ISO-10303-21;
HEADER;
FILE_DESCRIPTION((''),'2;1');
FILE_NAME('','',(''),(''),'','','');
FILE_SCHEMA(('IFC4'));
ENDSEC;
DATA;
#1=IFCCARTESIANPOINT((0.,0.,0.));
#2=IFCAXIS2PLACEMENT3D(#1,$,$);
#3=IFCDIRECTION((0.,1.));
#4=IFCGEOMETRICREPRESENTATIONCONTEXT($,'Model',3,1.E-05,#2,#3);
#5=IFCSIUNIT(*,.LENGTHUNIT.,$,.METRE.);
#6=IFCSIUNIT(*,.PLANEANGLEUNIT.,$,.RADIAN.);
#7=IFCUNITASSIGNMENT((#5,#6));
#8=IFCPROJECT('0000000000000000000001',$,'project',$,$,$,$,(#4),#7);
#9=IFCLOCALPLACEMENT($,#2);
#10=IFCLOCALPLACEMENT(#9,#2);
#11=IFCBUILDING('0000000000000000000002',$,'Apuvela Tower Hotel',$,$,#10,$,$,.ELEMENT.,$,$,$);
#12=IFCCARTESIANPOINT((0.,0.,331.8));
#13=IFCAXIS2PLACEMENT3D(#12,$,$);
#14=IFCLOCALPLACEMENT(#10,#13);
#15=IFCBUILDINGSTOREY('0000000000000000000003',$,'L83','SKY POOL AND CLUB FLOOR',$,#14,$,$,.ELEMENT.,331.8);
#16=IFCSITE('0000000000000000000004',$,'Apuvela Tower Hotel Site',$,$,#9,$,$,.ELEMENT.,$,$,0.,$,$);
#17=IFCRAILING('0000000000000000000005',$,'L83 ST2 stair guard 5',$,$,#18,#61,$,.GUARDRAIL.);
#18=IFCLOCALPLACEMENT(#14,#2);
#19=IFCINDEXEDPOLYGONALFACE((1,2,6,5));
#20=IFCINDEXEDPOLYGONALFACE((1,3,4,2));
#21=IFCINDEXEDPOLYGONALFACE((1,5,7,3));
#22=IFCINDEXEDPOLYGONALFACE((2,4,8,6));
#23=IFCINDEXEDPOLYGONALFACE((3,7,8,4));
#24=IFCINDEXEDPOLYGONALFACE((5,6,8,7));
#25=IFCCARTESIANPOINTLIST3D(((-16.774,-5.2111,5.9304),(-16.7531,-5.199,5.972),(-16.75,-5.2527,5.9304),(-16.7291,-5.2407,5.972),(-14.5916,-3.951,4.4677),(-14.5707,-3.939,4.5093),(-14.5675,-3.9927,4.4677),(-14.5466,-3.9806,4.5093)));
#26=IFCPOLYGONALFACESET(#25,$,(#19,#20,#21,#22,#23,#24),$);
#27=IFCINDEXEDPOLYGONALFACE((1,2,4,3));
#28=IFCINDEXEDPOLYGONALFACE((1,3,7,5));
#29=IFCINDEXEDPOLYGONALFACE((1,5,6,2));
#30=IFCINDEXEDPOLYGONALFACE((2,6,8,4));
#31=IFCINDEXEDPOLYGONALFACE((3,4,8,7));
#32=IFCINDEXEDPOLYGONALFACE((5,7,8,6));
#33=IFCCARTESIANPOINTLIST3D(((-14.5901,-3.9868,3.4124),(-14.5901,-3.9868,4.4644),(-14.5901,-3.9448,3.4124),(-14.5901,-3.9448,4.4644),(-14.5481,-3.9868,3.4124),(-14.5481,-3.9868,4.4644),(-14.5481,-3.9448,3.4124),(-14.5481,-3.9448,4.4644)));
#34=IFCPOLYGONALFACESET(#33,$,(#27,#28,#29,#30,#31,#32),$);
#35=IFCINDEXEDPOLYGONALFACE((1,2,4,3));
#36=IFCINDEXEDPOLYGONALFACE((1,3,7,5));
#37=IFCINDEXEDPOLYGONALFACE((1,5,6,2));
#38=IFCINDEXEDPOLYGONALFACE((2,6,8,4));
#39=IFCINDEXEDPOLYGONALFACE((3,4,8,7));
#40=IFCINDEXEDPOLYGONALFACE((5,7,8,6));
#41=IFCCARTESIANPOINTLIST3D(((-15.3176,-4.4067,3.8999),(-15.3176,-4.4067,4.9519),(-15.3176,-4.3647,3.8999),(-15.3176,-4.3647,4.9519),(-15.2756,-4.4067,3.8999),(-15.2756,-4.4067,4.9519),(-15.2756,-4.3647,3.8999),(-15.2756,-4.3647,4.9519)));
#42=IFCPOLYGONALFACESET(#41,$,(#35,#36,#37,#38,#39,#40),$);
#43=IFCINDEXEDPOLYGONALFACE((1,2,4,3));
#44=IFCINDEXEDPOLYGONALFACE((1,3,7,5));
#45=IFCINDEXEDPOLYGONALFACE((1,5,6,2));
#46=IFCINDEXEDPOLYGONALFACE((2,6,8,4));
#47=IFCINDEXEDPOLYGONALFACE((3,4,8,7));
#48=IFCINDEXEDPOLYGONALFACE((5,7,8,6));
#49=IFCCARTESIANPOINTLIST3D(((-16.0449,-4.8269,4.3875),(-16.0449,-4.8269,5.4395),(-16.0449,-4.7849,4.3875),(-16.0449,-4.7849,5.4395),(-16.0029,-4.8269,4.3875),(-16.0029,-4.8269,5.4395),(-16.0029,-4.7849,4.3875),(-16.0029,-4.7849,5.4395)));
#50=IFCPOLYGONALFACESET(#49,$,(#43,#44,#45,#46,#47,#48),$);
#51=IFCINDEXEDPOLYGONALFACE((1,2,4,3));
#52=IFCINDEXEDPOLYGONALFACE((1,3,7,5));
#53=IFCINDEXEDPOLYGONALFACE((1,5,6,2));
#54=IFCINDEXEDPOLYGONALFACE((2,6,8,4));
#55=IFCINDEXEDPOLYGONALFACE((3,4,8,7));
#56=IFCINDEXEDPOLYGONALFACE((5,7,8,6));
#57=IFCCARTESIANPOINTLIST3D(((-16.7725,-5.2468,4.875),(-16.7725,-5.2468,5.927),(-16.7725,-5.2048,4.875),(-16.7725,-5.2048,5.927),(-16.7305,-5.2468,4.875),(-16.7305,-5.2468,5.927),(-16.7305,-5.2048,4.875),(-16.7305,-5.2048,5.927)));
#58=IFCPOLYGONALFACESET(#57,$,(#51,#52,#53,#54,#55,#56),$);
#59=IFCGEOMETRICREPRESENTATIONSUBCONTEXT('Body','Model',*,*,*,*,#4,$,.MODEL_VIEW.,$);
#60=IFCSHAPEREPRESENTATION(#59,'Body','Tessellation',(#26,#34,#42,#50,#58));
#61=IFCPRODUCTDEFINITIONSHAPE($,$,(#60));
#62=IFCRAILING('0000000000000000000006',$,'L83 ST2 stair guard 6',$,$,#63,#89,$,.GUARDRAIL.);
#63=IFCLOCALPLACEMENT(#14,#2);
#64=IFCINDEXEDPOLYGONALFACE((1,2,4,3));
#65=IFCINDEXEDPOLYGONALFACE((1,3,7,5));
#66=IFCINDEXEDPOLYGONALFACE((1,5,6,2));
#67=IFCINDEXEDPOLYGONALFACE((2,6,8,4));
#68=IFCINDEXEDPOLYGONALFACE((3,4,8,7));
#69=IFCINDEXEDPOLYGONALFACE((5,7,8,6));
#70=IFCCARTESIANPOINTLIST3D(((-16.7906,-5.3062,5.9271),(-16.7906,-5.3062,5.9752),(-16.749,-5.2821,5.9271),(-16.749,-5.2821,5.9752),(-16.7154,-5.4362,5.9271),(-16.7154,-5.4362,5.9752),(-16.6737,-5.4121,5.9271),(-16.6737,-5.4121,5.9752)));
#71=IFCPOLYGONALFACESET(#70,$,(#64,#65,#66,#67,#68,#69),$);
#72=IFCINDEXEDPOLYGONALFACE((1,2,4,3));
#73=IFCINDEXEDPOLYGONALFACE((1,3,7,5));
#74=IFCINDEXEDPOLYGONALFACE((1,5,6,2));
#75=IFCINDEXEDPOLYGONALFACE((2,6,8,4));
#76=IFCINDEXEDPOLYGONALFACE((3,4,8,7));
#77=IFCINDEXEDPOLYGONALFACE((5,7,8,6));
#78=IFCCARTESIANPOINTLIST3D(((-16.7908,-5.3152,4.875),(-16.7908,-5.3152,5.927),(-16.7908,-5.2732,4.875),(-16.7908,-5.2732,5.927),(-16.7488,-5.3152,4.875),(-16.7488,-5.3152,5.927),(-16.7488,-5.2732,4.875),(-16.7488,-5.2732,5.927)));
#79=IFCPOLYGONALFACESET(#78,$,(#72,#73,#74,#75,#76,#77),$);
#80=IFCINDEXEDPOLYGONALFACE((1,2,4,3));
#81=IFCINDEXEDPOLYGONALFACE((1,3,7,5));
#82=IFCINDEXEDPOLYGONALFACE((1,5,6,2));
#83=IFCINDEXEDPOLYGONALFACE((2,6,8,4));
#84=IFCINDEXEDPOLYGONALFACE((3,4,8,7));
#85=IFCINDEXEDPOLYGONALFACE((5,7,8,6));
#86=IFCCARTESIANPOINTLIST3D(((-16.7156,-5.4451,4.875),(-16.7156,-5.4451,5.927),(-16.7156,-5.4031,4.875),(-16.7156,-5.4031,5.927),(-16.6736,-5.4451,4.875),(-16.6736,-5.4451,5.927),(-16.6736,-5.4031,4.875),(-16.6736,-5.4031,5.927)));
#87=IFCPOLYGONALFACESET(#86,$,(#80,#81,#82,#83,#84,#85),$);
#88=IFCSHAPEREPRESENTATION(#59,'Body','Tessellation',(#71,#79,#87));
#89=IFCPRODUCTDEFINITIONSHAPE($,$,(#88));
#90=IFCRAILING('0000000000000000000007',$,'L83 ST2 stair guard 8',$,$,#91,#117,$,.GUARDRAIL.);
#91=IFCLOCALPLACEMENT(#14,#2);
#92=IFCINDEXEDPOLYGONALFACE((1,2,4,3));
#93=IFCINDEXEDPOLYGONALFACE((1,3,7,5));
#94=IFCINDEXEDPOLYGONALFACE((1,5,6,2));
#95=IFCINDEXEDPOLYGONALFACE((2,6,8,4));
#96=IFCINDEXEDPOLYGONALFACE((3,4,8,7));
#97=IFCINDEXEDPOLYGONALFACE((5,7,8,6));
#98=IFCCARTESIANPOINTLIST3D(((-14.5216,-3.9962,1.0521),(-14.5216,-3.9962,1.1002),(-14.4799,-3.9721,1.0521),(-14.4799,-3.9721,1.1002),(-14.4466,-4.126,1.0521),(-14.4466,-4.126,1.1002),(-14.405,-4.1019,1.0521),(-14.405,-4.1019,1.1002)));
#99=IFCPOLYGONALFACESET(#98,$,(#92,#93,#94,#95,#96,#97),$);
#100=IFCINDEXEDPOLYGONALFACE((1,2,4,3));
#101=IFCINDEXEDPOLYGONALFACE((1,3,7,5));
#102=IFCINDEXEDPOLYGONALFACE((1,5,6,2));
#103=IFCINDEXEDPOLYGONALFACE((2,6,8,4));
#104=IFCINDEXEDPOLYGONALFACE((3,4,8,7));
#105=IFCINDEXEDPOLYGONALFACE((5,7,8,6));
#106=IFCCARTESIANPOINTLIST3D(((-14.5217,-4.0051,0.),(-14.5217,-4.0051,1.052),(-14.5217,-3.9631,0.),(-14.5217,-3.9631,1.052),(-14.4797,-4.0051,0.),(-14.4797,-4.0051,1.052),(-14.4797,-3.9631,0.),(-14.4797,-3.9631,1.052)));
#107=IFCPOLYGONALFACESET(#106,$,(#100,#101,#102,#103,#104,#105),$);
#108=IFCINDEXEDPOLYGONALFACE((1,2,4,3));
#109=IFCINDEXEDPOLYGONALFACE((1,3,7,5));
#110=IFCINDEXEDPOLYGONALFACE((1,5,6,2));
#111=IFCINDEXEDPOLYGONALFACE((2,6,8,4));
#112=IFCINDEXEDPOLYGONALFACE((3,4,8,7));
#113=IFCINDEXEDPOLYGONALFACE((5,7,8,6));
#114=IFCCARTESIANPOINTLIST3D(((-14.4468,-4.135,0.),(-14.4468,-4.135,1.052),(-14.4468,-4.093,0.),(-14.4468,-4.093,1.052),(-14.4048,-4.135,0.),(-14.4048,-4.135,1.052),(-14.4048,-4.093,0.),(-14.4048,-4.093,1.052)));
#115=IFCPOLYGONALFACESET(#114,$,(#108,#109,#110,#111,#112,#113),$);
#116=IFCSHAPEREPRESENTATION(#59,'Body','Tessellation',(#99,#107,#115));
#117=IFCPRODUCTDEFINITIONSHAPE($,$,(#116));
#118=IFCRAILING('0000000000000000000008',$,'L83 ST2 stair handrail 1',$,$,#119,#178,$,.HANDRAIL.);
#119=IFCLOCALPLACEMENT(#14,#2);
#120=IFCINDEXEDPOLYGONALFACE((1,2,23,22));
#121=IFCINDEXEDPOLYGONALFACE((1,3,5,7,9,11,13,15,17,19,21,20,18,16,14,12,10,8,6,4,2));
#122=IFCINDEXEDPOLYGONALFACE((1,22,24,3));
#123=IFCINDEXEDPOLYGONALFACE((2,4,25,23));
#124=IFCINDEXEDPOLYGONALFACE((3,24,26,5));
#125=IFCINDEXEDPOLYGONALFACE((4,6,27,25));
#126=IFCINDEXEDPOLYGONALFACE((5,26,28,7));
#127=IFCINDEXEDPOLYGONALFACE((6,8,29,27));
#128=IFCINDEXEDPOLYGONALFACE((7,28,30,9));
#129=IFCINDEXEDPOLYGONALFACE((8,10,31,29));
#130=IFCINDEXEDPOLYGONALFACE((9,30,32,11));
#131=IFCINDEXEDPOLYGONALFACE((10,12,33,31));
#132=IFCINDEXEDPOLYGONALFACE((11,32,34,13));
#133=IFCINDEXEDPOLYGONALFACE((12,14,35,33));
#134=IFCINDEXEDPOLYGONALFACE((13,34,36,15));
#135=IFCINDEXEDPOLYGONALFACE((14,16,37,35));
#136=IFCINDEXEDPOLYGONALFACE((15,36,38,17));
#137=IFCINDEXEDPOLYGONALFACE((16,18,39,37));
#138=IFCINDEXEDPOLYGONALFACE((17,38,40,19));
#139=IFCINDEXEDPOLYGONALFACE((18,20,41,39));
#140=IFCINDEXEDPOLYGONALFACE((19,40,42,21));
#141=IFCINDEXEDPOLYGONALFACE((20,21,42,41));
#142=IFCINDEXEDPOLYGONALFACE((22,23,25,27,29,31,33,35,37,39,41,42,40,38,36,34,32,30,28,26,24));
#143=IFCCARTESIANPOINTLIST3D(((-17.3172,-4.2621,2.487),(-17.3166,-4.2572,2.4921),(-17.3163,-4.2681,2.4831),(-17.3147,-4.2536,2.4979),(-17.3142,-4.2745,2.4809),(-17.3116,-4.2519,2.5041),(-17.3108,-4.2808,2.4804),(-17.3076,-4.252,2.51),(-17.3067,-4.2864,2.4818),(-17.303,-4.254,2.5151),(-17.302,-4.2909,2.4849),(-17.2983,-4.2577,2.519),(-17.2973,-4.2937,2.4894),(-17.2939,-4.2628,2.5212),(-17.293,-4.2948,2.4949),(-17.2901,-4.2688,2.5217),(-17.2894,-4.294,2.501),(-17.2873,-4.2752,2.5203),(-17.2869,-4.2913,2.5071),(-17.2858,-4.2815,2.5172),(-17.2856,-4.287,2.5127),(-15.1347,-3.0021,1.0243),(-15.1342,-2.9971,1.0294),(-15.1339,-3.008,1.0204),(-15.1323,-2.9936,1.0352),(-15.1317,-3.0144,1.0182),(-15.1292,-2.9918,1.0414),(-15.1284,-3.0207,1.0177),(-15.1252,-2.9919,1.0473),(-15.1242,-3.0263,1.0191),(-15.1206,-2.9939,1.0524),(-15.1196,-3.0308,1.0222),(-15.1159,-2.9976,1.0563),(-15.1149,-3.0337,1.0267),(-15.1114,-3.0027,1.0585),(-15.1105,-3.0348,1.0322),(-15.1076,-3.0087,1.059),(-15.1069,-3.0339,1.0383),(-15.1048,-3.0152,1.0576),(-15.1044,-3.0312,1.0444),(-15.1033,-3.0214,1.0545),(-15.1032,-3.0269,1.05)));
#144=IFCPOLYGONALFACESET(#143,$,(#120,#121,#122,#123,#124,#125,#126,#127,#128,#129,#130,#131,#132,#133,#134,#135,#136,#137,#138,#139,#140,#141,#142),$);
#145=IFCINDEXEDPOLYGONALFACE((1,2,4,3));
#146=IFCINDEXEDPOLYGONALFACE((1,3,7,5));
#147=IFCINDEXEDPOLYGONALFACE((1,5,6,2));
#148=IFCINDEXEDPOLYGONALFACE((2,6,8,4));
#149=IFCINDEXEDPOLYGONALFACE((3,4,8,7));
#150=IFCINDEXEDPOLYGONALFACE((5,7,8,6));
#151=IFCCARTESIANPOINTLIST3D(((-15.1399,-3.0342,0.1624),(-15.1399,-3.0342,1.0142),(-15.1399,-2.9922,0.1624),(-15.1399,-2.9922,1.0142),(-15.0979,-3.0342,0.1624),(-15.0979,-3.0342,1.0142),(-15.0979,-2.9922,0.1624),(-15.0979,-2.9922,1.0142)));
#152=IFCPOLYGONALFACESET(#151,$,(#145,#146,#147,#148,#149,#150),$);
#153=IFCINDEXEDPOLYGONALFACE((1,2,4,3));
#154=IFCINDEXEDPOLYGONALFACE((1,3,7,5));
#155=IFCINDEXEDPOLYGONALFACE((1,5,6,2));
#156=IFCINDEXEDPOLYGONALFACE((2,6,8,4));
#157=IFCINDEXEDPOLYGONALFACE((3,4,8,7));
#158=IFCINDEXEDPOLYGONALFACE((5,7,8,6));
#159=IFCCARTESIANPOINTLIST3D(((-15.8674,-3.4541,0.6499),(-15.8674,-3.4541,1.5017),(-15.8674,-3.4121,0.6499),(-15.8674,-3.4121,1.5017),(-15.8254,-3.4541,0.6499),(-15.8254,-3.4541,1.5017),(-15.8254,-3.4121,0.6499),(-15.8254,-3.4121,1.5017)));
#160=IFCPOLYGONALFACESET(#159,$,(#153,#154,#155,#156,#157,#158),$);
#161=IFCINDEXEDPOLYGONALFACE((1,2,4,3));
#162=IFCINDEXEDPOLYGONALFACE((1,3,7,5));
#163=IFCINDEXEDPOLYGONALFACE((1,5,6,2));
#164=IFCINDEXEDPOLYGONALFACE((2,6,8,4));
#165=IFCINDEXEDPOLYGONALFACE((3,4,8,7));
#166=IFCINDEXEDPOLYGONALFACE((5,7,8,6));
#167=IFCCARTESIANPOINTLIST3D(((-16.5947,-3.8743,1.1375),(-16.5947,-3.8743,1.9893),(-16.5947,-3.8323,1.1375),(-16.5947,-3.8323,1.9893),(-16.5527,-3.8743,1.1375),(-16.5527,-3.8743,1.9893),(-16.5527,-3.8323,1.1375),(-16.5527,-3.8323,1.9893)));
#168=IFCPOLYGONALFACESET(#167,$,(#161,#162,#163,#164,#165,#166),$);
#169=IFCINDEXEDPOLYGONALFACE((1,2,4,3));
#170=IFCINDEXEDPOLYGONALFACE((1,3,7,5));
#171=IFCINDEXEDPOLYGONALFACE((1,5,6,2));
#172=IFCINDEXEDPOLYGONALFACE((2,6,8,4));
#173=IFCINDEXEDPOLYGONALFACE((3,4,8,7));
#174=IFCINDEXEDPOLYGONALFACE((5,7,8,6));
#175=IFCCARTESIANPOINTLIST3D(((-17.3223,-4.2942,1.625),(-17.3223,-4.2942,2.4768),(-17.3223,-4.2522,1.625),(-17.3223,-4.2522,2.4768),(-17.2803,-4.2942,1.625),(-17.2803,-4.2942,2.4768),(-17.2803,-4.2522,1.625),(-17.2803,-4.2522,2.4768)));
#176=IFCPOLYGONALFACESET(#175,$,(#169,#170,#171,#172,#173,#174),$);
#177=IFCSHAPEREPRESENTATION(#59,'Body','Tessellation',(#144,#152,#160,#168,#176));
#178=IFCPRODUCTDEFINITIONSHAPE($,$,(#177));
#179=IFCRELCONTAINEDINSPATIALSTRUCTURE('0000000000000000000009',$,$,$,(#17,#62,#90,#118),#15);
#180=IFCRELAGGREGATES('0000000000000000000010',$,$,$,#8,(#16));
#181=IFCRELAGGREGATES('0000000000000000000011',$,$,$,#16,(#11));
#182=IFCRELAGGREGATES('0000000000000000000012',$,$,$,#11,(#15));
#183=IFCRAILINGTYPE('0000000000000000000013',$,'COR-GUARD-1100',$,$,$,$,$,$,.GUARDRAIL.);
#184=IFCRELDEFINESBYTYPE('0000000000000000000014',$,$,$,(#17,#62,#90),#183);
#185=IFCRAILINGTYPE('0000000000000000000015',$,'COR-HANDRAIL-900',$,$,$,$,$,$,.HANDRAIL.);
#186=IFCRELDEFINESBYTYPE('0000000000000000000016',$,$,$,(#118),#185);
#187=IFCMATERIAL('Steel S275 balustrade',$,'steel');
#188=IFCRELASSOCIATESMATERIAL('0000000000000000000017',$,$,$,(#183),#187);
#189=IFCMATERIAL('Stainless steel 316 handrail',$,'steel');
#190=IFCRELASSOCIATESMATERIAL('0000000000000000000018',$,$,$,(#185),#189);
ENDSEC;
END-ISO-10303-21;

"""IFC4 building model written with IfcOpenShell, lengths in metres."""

from ifc_helpers import new_model, si_unit, direction, frame, origin, origin_2d, place, context, subcontext, project, spatial, rectangle, circle, extrude, material, type_object, element, save


model = new_model("IFC4")

# Units and contexts
model_context = context("Model", 3, precision=1e-05, world=origin(), true_north=direction((0.0, 1.0)))
body_context = subcontext(model_context, "Body", "Model", "MODEL_VIEW")
ifc_project = project(units=[si_unit("LENGTHUNIT", "METRE"), si_unit("PLANEANGLEUNIT", "RADIAN")], contexts=[model_context])

# Site, building, storey
site_placement = place(None, origin())
site = spatial("IfcSite", under=ifc_project, at=site_placement, Name="Apuvela Tower Hotel Site", CompositionType="ELEMENT", RefElevation=0.0)
building_placement = place(site_placement, origin())
building = spatial("IfcBuilding", under=site, at=building_placement, Name="Apuvela Tower Hotel", CompositionType="ELEMENT")
storey_placement = place(building_placement, frame((0.0, 0.0, 331.8)))
storey = spatial("IfcBuildingStorey", under=building, at=storey_placement, Name="L83", Description="SKY POOL AND CLUB FLOOR", CompositionType="ELEMENT", Elevation=331.8)

# Railings
ifc_material_1 = material(Name="Steel S275 balustrade", Category="steel")
railing_type_1 = type_object("IfcRailingType", Name="COR-GUARD-1100", PredefinedType="GUARDRAIL", material=ifc_material_1)
railing_1_placement = place(storey_placement, frame((-14.5691, -3.9658, 3.4124)))
element("IfcRailing", 1, at=railing_1_placement, inside=storey, type_object=railing_type_1, Name="L83 ST2 stair guard 5", PredefinedType="GUARDRAIL", context=body_context, shape_type="SweptSolid", body=[
    extrude(rectangle(XDim=0.0481, YDim=0.0481, at=origin_2d()), frame((0.0, 0.0, 1.0762), z_axis=(-0.749001, -0.432442, 0.501988), x_axis=(0.500005, -0.866023, 0.0)), (0.0, 0.0, 1.0), 2.9138),
    extrude(rectangle(XDim=0.042, YDim=0.042, at=origin_2d()), origin(), (0.0, 0.0, 1.0), 1.052),
    extrude(rectangle(XDim=0.042, YDim=0.042, at=origin_2d()), frame((-0.7275, -0.4199, 0.4875)), (0.0, 0.0, 1.0), 1.052),
    extrude(rectangle(XDim=0.042, YDim=0.042, at=origin_2d()), frame((-1.4548, -0.8401, 0.9751)), (0.0, 0.0, 1.0), 1.052),
    extrude(rectangle(XDim=0.042, YDim=0.042, at=origin_2d()), frame((-2.1824, -1.26, 1.4626)), (0.0, 0.0, 1.0), 1.052),
])
railing_2_placement = place(storey_placement, frame((-16.7698, -5.2942, 4.875)))
element("IfcRailing", 2, at=railing_2_placement, inside=storey, type_object=railing_type_1, Name="L83 ST2 stair guard 6", PredefinedType="GUARDRAIL", context=body_context, shape_type="SweptSolid", body=[
    extrude(rectangle(XDim=0.0481, YDim=0.0481, at=origin_2d()), frame((0.0, 0.0, 1.0762), z_axis=(0.501036, -0.865426, 0.0), x_axis=(0.865426, 0.501036, 0.0)), (0.0, 0.0, 1.0), 0.1501),
    extrude(rectangle(XDim=0.042, YDim=0.042, at=origin_2d()), origin(), (0.0, 0.0, 1.0), 1.052),
    extrude(rectangle(XDim=0.042, YDim=0.042, at=origin_2d()), frame((0.0752, -0.1299, 0.0)), (0.0, 0.0, 1.0), 1.052),
])
railing_3_placement = place(storey_placement, frame((-14.5007, -3.9841, 0.0)))
element("IfcRailing", 3, at=railing_3_placement, inside=storey, type_object=railing_type_1, Name="L83 ST2 stair guard 8", PredefinedType="GUARDRAIL", context=body_context, shape_type="SweptSolid", body=[
    extrude(rectangle(XDim=0.0481, YDim=0.0481, at=origin_2d()), frame((0.0, 0.0, 1.0762), z_axis=(0.499816, -0.866131, 0.0), x_axis=(0.866131, 0.499816, 0.0)), (0.0, 0.0, 1.0), 0.1499),
    extrude(rectangle(XDim=0.042, YDim=0.042, at=origin_2d()), origin(), (0.0, 0.0, 1.0), 1.052),
    extrude(rectangle(XDim=0.042, YDim=0.042, at=origin_2d()), frame((0.075, -0.1299, 0.0)), (0.0, 0.0, 1.0), 1.052),
])
ifc_material_2 = material(Name="Stainless steel 316 handrail", Category="steel")
railing_type_2 = type_object("IfcRailingType", Name="COR-HANDRAIL-900", PredefinedType="HANDRAIL", material=ifc_material_2)
for number, where, name in (
    (4, (-15.1189, -3.0132, 0.1624), "L83 ST2 stair handrail 1"),
):
    element("IfcRailing", number, at=place(storey_placement, frame(where)), inside=storey, type_object=railing_type_2, Name=name, PredefinedType="HANDRAIL", context=body_context, shape_type="SweptSolid", body=[
        extrude(circle(Radius=0.0239, at=origin_2d()), frame((0.0, 0.0, 0.876), z_axis=(-0.749001, -0.432442, 0.501988), x_axis=(0.500005, -0.866023, 0.0)), (0.0, 0.0, 1.0), 2.9138),
        extrude(rectangle(XDim=0.042, YDim=0.042, at=origin_2d()), origin(), (0.0, 0.0, 1.0), 0.8518),
        extrude(rectangle(XDim=0.042, YDim=0.042, at=origin_2d()), frame((-0.7275, -0.4199, 0.4875)), (0.0, 0.0, 1.0), 0.8518),
        extrude(rectangle(XDim=0.042, YDim=0.042, at=origin_2d()), frame((-1.4548, -0.8401, 0.9751)), (0.0, 0.0, 1.0), 0.8518),
        extrude(rectangle(XDim=0.042, YDim=0.042, at=origin_2d()), frame((-2.1824, -1.26, 1.4626)), (0.0, 0.0, 1.0), 0.8518),
    ])

save(model, "model.ifc")
